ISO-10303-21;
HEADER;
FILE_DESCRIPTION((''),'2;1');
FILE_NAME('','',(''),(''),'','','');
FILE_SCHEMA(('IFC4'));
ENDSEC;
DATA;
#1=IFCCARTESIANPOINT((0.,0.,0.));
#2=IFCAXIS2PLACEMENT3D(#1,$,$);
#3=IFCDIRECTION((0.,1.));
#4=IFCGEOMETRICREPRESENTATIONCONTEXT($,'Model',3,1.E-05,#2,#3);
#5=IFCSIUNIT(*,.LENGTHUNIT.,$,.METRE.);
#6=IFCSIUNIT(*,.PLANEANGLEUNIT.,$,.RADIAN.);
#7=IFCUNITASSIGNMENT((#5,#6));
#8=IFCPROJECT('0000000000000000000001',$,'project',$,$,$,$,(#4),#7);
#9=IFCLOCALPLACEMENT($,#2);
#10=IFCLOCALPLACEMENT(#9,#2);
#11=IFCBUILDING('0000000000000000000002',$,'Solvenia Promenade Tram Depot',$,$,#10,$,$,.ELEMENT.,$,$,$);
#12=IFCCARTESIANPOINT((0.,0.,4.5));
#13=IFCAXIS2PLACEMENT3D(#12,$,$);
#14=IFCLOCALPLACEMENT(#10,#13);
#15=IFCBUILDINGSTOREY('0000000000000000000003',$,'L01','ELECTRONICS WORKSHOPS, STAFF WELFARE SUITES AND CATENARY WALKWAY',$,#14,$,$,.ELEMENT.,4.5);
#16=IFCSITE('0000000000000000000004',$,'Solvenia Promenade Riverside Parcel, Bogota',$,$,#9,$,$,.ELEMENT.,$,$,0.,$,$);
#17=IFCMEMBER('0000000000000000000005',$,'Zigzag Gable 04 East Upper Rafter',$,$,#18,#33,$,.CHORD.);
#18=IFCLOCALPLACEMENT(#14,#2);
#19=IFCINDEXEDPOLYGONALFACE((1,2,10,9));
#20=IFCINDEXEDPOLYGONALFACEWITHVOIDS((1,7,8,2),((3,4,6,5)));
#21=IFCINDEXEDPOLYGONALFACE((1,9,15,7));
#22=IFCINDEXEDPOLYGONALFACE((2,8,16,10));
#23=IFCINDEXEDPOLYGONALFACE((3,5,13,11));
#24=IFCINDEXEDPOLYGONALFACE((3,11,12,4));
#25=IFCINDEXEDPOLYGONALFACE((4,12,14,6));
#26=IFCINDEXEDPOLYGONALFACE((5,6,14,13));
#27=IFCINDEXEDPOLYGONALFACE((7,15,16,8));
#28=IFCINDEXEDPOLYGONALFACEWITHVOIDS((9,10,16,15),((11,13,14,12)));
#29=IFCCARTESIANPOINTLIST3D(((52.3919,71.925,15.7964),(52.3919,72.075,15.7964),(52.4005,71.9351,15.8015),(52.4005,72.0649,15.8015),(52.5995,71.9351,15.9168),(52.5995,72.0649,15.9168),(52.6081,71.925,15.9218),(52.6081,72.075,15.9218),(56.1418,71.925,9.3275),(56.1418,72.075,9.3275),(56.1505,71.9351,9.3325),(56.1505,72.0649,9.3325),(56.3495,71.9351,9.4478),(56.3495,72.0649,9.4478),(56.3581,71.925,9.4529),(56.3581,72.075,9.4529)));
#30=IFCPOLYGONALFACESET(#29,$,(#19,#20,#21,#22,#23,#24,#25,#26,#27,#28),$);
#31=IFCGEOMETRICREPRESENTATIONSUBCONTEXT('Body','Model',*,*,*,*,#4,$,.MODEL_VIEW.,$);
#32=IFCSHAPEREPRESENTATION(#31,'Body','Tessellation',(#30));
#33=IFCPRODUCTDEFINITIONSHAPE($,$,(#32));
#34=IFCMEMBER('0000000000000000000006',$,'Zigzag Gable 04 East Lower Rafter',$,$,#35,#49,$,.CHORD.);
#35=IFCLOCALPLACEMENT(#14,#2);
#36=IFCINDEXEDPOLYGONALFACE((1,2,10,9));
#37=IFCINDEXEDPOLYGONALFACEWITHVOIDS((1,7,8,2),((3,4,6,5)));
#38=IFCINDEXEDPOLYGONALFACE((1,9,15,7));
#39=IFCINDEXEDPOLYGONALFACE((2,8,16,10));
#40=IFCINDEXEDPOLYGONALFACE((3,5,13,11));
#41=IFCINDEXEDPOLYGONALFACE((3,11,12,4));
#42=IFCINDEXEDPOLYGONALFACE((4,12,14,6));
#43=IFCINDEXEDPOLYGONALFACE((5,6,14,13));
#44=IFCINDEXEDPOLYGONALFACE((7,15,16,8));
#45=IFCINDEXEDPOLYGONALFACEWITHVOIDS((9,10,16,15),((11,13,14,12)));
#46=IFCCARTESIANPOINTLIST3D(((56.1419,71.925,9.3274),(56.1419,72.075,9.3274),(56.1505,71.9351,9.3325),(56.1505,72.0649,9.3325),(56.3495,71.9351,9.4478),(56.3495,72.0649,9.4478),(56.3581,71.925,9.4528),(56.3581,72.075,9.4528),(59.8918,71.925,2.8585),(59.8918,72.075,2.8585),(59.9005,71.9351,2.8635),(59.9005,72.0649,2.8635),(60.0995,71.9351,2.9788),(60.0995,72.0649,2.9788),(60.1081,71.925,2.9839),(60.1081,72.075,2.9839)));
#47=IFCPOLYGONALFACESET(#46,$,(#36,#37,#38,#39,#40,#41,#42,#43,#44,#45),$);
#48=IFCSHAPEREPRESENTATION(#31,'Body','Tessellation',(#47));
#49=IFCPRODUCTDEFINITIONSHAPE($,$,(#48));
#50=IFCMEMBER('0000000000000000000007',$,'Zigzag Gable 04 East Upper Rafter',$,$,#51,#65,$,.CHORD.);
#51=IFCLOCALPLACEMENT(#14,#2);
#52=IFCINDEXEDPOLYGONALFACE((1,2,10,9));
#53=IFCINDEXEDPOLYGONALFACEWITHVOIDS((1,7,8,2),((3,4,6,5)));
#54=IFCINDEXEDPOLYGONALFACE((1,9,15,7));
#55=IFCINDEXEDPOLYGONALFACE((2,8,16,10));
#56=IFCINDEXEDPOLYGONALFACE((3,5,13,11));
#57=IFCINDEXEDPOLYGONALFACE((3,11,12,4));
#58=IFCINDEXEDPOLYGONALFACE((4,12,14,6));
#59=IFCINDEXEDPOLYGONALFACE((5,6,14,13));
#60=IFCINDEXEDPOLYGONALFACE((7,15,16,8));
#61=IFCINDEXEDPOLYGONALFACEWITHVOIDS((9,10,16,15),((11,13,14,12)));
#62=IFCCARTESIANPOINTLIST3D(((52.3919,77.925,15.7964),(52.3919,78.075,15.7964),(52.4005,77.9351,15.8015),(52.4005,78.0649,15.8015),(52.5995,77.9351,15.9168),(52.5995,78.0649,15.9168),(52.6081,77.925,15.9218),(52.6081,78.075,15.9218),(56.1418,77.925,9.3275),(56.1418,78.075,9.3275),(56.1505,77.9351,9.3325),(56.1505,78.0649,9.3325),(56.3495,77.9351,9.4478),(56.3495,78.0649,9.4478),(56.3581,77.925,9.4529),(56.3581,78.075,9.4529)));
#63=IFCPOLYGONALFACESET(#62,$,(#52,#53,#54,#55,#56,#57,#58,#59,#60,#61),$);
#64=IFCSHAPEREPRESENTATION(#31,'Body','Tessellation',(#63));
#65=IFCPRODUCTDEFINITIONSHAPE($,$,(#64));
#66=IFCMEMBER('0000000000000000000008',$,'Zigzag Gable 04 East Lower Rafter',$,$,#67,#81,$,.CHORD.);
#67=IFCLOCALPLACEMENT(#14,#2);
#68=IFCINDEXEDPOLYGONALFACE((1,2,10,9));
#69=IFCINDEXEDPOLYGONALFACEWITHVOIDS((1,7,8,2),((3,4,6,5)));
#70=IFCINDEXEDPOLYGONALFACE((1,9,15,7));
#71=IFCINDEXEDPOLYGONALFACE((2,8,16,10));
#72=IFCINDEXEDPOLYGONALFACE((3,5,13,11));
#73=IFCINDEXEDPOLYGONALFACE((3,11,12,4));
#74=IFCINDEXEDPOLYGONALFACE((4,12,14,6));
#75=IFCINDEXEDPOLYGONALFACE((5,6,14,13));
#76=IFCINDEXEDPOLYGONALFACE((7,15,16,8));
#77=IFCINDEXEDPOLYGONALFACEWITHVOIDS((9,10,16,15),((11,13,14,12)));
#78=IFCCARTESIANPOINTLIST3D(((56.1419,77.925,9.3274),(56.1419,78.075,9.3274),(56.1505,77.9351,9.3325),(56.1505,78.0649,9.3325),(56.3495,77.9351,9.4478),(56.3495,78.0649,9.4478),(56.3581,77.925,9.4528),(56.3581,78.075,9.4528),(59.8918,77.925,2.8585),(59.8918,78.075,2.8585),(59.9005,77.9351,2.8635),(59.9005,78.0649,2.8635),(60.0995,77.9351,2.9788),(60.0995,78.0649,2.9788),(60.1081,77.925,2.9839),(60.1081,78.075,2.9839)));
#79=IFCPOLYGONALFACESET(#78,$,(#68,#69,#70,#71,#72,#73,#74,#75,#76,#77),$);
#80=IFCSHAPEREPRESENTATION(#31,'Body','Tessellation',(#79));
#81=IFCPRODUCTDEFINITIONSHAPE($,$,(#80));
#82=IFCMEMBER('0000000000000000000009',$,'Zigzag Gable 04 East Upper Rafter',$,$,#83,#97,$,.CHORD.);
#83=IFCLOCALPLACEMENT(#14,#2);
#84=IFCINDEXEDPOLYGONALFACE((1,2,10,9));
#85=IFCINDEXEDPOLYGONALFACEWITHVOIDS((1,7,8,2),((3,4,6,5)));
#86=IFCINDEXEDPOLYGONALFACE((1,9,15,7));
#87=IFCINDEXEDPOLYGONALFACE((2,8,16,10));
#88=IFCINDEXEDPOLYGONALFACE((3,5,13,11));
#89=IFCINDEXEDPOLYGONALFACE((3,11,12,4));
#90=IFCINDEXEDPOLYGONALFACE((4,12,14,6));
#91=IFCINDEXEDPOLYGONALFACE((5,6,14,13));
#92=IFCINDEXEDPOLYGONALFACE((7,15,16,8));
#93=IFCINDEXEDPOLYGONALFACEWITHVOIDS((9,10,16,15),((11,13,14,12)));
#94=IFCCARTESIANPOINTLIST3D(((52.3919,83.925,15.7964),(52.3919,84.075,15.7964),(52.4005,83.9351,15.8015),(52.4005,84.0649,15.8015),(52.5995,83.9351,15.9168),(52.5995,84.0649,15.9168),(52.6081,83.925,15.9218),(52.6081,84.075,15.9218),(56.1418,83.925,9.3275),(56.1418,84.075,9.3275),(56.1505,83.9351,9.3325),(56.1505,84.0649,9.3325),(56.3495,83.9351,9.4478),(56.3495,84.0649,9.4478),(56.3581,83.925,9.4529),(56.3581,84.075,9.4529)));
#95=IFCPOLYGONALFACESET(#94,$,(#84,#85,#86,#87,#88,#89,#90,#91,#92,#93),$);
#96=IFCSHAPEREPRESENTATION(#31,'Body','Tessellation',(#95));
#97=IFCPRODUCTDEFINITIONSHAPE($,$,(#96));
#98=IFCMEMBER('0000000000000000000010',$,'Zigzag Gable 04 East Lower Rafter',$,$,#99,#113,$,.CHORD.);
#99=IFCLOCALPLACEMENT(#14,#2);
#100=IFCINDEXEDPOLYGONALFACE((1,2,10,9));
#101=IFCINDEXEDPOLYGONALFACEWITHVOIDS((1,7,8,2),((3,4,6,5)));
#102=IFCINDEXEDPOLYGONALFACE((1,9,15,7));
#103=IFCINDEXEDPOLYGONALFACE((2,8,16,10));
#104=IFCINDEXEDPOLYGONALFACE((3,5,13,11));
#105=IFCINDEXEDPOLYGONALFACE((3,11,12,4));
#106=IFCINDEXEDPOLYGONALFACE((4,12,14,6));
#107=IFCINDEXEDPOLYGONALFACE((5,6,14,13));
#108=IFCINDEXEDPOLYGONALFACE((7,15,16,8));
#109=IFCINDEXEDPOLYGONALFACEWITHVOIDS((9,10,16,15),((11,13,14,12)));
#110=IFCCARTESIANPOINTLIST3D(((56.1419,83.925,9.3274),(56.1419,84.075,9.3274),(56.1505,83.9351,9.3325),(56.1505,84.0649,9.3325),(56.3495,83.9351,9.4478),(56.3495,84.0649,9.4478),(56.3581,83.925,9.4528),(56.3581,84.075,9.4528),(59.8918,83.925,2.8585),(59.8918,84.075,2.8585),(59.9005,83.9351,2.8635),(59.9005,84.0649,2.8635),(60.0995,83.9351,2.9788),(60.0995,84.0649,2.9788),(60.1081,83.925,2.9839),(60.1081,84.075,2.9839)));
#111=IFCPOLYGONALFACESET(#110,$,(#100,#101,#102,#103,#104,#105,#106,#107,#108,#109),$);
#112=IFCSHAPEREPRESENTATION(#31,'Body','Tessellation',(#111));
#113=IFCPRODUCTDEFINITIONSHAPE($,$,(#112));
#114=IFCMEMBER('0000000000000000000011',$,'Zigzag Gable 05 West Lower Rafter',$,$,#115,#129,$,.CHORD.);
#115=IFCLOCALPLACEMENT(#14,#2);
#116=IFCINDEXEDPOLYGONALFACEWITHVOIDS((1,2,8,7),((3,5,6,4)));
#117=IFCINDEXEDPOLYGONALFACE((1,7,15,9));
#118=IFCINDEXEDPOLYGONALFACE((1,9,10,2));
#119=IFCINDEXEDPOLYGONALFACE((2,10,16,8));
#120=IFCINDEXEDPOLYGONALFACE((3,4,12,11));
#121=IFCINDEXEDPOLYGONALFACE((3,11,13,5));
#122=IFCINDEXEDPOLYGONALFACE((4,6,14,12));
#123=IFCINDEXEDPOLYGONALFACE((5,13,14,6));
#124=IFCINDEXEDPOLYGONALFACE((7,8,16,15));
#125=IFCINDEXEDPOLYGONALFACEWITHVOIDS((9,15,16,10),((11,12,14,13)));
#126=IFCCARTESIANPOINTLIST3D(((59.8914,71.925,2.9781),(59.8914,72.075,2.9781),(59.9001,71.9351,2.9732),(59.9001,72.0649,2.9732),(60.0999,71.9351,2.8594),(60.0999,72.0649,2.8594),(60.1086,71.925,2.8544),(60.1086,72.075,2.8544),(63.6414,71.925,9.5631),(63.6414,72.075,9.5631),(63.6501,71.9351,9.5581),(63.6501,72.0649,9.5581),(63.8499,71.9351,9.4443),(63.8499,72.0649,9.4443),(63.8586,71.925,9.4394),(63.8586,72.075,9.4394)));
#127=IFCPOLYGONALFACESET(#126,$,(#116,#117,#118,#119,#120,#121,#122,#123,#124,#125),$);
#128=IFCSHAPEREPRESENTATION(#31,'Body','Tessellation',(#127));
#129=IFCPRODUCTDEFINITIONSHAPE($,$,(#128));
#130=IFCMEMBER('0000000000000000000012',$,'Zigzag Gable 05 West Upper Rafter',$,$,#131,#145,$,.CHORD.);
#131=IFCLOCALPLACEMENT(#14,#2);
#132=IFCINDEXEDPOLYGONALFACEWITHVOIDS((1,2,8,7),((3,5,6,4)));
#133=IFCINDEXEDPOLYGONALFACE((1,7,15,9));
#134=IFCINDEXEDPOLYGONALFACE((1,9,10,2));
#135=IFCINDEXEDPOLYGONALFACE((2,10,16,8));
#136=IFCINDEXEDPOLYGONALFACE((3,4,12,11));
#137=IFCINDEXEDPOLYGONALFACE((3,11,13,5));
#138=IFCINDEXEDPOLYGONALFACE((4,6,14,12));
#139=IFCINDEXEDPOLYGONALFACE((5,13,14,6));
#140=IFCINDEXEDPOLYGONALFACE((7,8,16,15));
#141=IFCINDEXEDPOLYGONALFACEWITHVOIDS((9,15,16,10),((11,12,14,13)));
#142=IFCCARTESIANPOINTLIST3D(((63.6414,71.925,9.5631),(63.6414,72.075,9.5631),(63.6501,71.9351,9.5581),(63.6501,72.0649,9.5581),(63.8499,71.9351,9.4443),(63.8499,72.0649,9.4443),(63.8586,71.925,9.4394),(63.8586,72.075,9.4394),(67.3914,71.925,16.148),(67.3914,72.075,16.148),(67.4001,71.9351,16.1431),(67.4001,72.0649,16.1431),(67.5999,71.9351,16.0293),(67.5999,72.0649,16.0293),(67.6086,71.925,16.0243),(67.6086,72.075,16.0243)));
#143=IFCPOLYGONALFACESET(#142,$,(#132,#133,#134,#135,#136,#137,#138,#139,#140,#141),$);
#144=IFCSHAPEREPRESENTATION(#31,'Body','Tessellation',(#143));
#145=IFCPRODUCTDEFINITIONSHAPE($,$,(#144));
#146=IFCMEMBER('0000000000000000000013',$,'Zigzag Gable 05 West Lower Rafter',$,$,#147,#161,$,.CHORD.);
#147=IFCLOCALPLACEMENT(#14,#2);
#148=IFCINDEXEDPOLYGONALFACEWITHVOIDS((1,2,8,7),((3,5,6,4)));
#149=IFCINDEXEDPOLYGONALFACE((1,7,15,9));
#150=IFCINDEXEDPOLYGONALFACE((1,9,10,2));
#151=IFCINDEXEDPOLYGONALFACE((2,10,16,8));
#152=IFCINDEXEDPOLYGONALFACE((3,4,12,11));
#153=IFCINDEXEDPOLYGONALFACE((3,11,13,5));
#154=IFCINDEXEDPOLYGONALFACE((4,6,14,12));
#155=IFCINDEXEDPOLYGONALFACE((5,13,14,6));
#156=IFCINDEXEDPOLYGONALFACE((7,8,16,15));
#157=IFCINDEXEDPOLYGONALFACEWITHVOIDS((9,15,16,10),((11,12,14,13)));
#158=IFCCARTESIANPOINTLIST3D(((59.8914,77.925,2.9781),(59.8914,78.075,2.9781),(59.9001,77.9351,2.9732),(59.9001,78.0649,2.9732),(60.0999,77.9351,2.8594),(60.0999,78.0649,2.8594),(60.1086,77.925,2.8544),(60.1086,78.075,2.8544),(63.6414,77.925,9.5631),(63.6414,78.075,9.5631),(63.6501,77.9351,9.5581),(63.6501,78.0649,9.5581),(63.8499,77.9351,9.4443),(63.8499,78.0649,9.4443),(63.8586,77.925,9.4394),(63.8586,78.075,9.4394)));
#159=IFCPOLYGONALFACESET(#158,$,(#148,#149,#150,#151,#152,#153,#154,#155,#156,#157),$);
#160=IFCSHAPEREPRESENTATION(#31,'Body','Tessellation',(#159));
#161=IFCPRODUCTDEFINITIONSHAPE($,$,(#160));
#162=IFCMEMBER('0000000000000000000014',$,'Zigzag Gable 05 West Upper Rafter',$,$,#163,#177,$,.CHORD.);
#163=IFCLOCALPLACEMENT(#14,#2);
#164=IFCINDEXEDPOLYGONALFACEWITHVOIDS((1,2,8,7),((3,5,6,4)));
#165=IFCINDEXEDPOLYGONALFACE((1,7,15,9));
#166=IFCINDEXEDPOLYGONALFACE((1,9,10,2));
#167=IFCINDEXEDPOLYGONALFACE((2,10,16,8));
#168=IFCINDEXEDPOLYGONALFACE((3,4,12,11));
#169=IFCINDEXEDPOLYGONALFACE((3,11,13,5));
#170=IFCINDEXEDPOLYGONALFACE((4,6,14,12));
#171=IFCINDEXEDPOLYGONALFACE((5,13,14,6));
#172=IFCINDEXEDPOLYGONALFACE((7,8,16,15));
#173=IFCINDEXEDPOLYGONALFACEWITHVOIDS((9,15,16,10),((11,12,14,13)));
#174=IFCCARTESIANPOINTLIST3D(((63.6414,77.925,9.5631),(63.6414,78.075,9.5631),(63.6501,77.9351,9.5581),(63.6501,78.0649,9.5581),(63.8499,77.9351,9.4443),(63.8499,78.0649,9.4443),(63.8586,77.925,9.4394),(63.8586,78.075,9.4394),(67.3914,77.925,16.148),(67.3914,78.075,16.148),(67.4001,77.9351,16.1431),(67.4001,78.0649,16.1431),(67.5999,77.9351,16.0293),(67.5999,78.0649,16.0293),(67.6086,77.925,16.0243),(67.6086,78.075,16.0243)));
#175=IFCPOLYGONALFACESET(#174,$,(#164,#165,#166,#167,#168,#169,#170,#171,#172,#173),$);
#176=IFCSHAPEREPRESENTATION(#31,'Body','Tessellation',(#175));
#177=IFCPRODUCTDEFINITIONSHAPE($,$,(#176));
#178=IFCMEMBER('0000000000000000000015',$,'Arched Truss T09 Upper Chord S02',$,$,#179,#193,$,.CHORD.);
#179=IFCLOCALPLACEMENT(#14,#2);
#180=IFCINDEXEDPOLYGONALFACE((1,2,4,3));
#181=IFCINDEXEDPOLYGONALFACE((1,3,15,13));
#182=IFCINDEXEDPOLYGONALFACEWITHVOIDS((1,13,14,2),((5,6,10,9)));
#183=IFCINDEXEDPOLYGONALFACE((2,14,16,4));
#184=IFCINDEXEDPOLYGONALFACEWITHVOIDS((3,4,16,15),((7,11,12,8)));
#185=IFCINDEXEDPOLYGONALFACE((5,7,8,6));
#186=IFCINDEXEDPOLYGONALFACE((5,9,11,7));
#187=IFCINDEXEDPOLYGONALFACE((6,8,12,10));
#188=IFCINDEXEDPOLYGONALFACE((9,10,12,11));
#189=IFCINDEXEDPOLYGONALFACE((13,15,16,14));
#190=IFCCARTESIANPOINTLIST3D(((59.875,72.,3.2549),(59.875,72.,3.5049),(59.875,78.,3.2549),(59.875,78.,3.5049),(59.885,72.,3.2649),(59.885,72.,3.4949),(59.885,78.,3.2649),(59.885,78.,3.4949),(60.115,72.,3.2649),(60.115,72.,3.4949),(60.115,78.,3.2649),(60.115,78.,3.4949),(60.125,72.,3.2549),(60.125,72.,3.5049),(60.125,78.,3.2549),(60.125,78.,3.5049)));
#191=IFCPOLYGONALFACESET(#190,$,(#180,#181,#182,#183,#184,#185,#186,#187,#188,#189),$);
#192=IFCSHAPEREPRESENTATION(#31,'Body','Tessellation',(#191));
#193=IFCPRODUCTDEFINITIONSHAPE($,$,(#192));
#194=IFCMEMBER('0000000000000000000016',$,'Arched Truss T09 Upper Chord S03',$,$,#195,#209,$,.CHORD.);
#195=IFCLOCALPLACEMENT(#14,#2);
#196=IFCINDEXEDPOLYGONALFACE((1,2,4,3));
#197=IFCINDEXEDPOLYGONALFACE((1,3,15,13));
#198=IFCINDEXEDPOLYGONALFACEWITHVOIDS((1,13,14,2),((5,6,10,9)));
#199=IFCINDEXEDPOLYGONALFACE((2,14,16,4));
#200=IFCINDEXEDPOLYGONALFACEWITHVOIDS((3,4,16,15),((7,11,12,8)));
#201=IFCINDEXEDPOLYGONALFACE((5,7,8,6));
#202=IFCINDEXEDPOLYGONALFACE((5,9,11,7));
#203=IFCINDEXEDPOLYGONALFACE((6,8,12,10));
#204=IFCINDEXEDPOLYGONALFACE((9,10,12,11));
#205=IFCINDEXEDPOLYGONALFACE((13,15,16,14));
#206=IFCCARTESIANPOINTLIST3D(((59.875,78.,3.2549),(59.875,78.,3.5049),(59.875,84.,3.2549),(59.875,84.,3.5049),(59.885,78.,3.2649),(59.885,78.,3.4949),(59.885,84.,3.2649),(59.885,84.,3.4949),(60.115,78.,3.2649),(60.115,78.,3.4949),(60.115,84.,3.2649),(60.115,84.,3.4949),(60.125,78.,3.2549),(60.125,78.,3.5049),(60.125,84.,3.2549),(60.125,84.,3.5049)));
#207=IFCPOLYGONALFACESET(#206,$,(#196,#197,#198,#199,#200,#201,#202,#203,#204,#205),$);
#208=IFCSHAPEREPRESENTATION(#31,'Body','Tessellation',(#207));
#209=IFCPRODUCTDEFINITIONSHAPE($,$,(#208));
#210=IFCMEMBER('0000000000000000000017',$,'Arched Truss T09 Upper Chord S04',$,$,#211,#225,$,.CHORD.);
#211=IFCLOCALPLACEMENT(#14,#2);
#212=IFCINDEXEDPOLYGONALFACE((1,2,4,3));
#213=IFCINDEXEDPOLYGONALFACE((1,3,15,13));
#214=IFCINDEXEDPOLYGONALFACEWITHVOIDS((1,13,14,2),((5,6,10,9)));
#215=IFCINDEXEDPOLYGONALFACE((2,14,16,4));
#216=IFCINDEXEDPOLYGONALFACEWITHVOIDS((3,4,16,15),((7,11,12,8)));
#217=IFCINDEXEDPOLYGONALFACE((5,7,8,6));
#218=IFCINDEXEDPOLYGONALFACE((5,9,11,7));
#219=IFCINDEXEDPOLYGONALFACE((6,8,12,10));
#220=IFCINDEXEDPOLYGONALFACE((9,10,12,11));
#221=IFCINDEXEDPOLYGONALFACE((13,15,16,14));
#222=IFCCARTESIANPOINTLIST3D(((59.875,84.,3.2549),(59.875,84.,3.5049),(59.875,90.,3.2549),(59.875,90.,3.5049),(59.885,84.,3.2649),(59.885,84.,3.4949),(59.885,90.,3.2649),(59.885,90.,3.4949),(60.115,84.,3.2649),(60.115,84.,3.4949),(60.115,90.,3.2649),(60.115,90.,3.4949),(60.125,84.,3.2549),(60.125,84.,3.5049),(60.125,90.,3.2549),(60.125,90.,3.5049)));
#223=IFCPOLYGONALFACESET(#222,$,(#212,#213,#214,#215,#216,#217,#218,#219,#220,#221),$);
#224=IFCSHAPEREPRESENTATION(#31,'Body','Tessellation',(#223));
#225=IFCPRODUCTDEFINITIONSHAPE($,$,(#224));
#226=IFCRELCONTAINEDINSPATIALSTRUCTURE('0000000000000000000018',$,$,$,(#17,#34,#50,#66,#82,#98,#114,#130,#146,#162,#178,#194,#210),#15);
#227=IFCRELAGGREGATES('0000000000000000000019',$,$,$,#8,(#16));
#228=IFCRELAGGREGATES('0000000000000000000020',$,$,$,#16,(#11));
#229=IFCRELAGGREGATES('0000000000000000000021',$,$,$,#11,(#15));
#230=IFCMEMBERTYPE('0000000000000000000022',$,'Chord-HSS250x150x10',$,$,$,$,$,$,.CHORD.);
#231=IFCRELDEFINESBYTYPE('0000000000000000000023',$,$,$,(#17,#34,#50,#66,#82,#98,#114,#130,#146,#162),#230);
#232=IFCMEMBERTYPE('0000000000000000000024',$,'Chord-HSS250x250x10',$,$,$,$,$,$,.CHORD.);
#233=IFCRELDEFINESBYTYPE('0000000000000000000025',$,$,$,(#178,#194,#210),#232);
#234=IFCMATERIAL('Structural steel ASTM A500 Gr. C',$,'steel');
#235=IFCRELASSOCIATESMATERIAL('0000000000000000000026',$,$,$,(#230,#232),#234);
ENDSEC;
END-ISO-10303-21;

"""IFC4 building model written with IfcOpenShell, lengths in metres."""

from ifc_helpers import new_model, si_unit, direction, frame, origin, origin_2d, place, context, subcontext, project, spatial, hollow_rectangle, extrude, material, material_profile, profile_set, type_object, element, save


model = new_model("IFC4")

# Units and contexts
model_context = context("Model", 3, precision=1e-05, world=origin(), true_north=direction((0.0, 1.0)))
body_context = subcontext(model_context, "Body", "Model", "MODEL_VIEW")
ifc_project = project(units=[si_unit("LENGTHUNIT", "METRE"), si_unit("PLANEANGLEUNIT", "RADIAN")], contexts=[model_context])

# Site, building, storey
site_placement = place(None, origin())
site = spatial("IfcSite", under=ifc_project, at=site_placement, Name="Solvenia Promenade Riverside Parcel, Bogota", CompositionType="ELEMENT", RefElevation=0.0)
building_placement = place(site_placement, origin())
building = spatial("IfcBuilding", under=site, at=building_placement, Name="Solvenia Promenade Tram Depot", CompositionType="ELEMENT")
storey_placement = place(building_placement, frame((0.0, 0.0, 4.5)))
storey = spatial("IfcBuildingStorey", under=building, at=storey_placement, Name="L01", Description="ELECTRONICS WORKSHOPS, STAFF WELFARE SUITES AND CATENARY WALKWAY", CompositionType="ELEMENT", Elevation=4.5)

# Members
ifc_material_1 = material(Name="Structural steel ASTM A500 Gr. C", Category="steel")
ifc_material_profile_1 = material_profile(ifc_material_1, hollow_rectangle(XDim=0.1499, YDim=0.25, WallThickness=0.01, at=origin_2d()), Name="HSS250x150x10", Category="steel")
ifc_profile_set_1 = profile_set([ifc_material_profile_1], Name="Structural steel ASTM A500 Gr. C")
member_type_1 = type_object("IfcMemberType", Name="Chord-HSS250x150x10", PredefinedType="CHORD", material=ifc_profile_set_1)
for number, where, z_axis, x_axis, name in (
    (1, (52.5, 72.0, 15.8591), (0.501516, 0.0, -0.865148), (0.0, 1.0, 0.0), "Zigzag Gable 04 East Upper Rafter"),
    (2, (56.25, 72.0, 9.3901), (0.501516, 0.0, -0.865148), (0.0, 1.0, 0.0), "Zigzag Gable 04 East Lower Rafter"),
    (3, (52.5, 78.0, 15.8591), (0.501516, 0.0, -0.865148), (0.0, 1.0, 0.0), "Zigzag Gable 04 East Upper Rafter"),
    (4, (56.25, 78.0, 9.3901), (0.501516, 0.0, -0.865148), (0.0, 1.0, 0.0), "Zigzag Gable 04 East Lower Rafter"),
    (5, (52.5, 84.0, 15.8591), (0.501516, 0.0, -0.865148), (0.0, 1.0, 0.0), "Zigzag Gable 04 East Upper Rafter"),
    (6, (56.25, 84.0, 9.3901), (0.501516, 0.0, -0.865148), (0.0, 1.0, 0.0), "Zigzag Gable 04 East Lower Rafter"),
):
    element("IfcMember", number, at=place(storey_placement, frame(where, z_axis=z_axis, x_axis=x_axis)), inside=storey, type_object=member_type_1, Name=name, PredefinedType="CHORD", context=body_context, shape_type="SweptSolid", body=[
        extrude(hollow_rectangle(XDim=0.1499, YDim=0.25, WallThickness=0.01, at=origin_2d()), origin(), (0.0, 0.0, 1.0), 7.4773),
    ])
for number, where, z_axis, x_axis, name in (
    (7, (60.0, 72.0, 2.9163), (0.494862, 0.0, 0.868972), (0.0, 1.0, 0.0), "Zigzag Gable 05 West Lower Rafter"),
    (8, (63.75, 72.0, 9.5012), (0.494862, 0.0, 0.868972), (0.0, 1.0, 0.0), "Zigzag Gable 05 West Upper Rafter"),
    (9, (60.0, 78.0, 2.9163), (0.494862, 0.0, 0.868972), (0.0, 1.0, 0.0), "Zigzag Gable 05 West Lower Rafter"),
    (10, (63.75, 78.0, 9.5012), (0.494862, 0.0, 0.868972), (0.0, 1.0, 0.0), "Zigzag Gable 05 West Upper Rafter"),
):
    element("IfcMember", number, at=place(storey_placement, frame(where, z_axis=z_axis, x_axis=x_axis)), inside=storey, type_object=member_type_1, Name=name, PredefinedType="CHORD", context=body_context, shape_type="SweptSolid", body=[
        extrude(hollow_rectangle(XDim=0.1499, YDim=0.25, WallThickness=0.01, at=origin_2d()), origin(), (0.0, 0.0, 1.0), 7.5779),
    ])
ifc_material_profile_2 = material_profile(ifc_material_1, hollow_rectangle(XDim=0.25, YDim=0.25, WallThickness=0.01, at=origin_2d()), Name="HSS250x250x10", Category="steel")
ifc_profile_set_2 = profile_set([ifc_material_profile_2], Name="Structural steel ASTM A500 Gr. C")
member_type_2 = type_object("IfcMemberType", Name="Chord-HSS250x250x10", PredefinedType="CHORD", material=ifc_profile_set_2)
for number, where, z_axis, x_axis, name in (
    (11, (60.0, 72.0, 3.3799), (0.0, 1.0, 0.0), (-1.0, 0.0, 0.0), "Arched Truss T09 Upper Chord S02"),
    (12, (60.0, 78.0, 3.3799), (0.0, 1.0, 0.0), (-1.0, 0.0, 0.0), "Arched Truss T09 Upper Chord S03"),
    (13, (60.0, 84.0, 3.3799), (0.0, 1.0, 0.0), (-1.0, 0.0, 0.0), "Arched Truss T09 Upper Chord S04"),
):
    element("IfcMember", number, at=place(storey_placement, frame(where, z_axis=z_axis, x_axis=x_axis)), inside=storey, type_object=member_type_2, Name=name, PredefinedType="CHORD", context=body_context, shape_type="SweptSolid", body=[
        extrude(hollow_rectangle(XDim=0.25, YDim=0.25, WallThickness=0.01, at=origin_2d()), origin(), (0.0, 0.0, 1.0), 6.0),
    ])

save(model, "model.ifc")
